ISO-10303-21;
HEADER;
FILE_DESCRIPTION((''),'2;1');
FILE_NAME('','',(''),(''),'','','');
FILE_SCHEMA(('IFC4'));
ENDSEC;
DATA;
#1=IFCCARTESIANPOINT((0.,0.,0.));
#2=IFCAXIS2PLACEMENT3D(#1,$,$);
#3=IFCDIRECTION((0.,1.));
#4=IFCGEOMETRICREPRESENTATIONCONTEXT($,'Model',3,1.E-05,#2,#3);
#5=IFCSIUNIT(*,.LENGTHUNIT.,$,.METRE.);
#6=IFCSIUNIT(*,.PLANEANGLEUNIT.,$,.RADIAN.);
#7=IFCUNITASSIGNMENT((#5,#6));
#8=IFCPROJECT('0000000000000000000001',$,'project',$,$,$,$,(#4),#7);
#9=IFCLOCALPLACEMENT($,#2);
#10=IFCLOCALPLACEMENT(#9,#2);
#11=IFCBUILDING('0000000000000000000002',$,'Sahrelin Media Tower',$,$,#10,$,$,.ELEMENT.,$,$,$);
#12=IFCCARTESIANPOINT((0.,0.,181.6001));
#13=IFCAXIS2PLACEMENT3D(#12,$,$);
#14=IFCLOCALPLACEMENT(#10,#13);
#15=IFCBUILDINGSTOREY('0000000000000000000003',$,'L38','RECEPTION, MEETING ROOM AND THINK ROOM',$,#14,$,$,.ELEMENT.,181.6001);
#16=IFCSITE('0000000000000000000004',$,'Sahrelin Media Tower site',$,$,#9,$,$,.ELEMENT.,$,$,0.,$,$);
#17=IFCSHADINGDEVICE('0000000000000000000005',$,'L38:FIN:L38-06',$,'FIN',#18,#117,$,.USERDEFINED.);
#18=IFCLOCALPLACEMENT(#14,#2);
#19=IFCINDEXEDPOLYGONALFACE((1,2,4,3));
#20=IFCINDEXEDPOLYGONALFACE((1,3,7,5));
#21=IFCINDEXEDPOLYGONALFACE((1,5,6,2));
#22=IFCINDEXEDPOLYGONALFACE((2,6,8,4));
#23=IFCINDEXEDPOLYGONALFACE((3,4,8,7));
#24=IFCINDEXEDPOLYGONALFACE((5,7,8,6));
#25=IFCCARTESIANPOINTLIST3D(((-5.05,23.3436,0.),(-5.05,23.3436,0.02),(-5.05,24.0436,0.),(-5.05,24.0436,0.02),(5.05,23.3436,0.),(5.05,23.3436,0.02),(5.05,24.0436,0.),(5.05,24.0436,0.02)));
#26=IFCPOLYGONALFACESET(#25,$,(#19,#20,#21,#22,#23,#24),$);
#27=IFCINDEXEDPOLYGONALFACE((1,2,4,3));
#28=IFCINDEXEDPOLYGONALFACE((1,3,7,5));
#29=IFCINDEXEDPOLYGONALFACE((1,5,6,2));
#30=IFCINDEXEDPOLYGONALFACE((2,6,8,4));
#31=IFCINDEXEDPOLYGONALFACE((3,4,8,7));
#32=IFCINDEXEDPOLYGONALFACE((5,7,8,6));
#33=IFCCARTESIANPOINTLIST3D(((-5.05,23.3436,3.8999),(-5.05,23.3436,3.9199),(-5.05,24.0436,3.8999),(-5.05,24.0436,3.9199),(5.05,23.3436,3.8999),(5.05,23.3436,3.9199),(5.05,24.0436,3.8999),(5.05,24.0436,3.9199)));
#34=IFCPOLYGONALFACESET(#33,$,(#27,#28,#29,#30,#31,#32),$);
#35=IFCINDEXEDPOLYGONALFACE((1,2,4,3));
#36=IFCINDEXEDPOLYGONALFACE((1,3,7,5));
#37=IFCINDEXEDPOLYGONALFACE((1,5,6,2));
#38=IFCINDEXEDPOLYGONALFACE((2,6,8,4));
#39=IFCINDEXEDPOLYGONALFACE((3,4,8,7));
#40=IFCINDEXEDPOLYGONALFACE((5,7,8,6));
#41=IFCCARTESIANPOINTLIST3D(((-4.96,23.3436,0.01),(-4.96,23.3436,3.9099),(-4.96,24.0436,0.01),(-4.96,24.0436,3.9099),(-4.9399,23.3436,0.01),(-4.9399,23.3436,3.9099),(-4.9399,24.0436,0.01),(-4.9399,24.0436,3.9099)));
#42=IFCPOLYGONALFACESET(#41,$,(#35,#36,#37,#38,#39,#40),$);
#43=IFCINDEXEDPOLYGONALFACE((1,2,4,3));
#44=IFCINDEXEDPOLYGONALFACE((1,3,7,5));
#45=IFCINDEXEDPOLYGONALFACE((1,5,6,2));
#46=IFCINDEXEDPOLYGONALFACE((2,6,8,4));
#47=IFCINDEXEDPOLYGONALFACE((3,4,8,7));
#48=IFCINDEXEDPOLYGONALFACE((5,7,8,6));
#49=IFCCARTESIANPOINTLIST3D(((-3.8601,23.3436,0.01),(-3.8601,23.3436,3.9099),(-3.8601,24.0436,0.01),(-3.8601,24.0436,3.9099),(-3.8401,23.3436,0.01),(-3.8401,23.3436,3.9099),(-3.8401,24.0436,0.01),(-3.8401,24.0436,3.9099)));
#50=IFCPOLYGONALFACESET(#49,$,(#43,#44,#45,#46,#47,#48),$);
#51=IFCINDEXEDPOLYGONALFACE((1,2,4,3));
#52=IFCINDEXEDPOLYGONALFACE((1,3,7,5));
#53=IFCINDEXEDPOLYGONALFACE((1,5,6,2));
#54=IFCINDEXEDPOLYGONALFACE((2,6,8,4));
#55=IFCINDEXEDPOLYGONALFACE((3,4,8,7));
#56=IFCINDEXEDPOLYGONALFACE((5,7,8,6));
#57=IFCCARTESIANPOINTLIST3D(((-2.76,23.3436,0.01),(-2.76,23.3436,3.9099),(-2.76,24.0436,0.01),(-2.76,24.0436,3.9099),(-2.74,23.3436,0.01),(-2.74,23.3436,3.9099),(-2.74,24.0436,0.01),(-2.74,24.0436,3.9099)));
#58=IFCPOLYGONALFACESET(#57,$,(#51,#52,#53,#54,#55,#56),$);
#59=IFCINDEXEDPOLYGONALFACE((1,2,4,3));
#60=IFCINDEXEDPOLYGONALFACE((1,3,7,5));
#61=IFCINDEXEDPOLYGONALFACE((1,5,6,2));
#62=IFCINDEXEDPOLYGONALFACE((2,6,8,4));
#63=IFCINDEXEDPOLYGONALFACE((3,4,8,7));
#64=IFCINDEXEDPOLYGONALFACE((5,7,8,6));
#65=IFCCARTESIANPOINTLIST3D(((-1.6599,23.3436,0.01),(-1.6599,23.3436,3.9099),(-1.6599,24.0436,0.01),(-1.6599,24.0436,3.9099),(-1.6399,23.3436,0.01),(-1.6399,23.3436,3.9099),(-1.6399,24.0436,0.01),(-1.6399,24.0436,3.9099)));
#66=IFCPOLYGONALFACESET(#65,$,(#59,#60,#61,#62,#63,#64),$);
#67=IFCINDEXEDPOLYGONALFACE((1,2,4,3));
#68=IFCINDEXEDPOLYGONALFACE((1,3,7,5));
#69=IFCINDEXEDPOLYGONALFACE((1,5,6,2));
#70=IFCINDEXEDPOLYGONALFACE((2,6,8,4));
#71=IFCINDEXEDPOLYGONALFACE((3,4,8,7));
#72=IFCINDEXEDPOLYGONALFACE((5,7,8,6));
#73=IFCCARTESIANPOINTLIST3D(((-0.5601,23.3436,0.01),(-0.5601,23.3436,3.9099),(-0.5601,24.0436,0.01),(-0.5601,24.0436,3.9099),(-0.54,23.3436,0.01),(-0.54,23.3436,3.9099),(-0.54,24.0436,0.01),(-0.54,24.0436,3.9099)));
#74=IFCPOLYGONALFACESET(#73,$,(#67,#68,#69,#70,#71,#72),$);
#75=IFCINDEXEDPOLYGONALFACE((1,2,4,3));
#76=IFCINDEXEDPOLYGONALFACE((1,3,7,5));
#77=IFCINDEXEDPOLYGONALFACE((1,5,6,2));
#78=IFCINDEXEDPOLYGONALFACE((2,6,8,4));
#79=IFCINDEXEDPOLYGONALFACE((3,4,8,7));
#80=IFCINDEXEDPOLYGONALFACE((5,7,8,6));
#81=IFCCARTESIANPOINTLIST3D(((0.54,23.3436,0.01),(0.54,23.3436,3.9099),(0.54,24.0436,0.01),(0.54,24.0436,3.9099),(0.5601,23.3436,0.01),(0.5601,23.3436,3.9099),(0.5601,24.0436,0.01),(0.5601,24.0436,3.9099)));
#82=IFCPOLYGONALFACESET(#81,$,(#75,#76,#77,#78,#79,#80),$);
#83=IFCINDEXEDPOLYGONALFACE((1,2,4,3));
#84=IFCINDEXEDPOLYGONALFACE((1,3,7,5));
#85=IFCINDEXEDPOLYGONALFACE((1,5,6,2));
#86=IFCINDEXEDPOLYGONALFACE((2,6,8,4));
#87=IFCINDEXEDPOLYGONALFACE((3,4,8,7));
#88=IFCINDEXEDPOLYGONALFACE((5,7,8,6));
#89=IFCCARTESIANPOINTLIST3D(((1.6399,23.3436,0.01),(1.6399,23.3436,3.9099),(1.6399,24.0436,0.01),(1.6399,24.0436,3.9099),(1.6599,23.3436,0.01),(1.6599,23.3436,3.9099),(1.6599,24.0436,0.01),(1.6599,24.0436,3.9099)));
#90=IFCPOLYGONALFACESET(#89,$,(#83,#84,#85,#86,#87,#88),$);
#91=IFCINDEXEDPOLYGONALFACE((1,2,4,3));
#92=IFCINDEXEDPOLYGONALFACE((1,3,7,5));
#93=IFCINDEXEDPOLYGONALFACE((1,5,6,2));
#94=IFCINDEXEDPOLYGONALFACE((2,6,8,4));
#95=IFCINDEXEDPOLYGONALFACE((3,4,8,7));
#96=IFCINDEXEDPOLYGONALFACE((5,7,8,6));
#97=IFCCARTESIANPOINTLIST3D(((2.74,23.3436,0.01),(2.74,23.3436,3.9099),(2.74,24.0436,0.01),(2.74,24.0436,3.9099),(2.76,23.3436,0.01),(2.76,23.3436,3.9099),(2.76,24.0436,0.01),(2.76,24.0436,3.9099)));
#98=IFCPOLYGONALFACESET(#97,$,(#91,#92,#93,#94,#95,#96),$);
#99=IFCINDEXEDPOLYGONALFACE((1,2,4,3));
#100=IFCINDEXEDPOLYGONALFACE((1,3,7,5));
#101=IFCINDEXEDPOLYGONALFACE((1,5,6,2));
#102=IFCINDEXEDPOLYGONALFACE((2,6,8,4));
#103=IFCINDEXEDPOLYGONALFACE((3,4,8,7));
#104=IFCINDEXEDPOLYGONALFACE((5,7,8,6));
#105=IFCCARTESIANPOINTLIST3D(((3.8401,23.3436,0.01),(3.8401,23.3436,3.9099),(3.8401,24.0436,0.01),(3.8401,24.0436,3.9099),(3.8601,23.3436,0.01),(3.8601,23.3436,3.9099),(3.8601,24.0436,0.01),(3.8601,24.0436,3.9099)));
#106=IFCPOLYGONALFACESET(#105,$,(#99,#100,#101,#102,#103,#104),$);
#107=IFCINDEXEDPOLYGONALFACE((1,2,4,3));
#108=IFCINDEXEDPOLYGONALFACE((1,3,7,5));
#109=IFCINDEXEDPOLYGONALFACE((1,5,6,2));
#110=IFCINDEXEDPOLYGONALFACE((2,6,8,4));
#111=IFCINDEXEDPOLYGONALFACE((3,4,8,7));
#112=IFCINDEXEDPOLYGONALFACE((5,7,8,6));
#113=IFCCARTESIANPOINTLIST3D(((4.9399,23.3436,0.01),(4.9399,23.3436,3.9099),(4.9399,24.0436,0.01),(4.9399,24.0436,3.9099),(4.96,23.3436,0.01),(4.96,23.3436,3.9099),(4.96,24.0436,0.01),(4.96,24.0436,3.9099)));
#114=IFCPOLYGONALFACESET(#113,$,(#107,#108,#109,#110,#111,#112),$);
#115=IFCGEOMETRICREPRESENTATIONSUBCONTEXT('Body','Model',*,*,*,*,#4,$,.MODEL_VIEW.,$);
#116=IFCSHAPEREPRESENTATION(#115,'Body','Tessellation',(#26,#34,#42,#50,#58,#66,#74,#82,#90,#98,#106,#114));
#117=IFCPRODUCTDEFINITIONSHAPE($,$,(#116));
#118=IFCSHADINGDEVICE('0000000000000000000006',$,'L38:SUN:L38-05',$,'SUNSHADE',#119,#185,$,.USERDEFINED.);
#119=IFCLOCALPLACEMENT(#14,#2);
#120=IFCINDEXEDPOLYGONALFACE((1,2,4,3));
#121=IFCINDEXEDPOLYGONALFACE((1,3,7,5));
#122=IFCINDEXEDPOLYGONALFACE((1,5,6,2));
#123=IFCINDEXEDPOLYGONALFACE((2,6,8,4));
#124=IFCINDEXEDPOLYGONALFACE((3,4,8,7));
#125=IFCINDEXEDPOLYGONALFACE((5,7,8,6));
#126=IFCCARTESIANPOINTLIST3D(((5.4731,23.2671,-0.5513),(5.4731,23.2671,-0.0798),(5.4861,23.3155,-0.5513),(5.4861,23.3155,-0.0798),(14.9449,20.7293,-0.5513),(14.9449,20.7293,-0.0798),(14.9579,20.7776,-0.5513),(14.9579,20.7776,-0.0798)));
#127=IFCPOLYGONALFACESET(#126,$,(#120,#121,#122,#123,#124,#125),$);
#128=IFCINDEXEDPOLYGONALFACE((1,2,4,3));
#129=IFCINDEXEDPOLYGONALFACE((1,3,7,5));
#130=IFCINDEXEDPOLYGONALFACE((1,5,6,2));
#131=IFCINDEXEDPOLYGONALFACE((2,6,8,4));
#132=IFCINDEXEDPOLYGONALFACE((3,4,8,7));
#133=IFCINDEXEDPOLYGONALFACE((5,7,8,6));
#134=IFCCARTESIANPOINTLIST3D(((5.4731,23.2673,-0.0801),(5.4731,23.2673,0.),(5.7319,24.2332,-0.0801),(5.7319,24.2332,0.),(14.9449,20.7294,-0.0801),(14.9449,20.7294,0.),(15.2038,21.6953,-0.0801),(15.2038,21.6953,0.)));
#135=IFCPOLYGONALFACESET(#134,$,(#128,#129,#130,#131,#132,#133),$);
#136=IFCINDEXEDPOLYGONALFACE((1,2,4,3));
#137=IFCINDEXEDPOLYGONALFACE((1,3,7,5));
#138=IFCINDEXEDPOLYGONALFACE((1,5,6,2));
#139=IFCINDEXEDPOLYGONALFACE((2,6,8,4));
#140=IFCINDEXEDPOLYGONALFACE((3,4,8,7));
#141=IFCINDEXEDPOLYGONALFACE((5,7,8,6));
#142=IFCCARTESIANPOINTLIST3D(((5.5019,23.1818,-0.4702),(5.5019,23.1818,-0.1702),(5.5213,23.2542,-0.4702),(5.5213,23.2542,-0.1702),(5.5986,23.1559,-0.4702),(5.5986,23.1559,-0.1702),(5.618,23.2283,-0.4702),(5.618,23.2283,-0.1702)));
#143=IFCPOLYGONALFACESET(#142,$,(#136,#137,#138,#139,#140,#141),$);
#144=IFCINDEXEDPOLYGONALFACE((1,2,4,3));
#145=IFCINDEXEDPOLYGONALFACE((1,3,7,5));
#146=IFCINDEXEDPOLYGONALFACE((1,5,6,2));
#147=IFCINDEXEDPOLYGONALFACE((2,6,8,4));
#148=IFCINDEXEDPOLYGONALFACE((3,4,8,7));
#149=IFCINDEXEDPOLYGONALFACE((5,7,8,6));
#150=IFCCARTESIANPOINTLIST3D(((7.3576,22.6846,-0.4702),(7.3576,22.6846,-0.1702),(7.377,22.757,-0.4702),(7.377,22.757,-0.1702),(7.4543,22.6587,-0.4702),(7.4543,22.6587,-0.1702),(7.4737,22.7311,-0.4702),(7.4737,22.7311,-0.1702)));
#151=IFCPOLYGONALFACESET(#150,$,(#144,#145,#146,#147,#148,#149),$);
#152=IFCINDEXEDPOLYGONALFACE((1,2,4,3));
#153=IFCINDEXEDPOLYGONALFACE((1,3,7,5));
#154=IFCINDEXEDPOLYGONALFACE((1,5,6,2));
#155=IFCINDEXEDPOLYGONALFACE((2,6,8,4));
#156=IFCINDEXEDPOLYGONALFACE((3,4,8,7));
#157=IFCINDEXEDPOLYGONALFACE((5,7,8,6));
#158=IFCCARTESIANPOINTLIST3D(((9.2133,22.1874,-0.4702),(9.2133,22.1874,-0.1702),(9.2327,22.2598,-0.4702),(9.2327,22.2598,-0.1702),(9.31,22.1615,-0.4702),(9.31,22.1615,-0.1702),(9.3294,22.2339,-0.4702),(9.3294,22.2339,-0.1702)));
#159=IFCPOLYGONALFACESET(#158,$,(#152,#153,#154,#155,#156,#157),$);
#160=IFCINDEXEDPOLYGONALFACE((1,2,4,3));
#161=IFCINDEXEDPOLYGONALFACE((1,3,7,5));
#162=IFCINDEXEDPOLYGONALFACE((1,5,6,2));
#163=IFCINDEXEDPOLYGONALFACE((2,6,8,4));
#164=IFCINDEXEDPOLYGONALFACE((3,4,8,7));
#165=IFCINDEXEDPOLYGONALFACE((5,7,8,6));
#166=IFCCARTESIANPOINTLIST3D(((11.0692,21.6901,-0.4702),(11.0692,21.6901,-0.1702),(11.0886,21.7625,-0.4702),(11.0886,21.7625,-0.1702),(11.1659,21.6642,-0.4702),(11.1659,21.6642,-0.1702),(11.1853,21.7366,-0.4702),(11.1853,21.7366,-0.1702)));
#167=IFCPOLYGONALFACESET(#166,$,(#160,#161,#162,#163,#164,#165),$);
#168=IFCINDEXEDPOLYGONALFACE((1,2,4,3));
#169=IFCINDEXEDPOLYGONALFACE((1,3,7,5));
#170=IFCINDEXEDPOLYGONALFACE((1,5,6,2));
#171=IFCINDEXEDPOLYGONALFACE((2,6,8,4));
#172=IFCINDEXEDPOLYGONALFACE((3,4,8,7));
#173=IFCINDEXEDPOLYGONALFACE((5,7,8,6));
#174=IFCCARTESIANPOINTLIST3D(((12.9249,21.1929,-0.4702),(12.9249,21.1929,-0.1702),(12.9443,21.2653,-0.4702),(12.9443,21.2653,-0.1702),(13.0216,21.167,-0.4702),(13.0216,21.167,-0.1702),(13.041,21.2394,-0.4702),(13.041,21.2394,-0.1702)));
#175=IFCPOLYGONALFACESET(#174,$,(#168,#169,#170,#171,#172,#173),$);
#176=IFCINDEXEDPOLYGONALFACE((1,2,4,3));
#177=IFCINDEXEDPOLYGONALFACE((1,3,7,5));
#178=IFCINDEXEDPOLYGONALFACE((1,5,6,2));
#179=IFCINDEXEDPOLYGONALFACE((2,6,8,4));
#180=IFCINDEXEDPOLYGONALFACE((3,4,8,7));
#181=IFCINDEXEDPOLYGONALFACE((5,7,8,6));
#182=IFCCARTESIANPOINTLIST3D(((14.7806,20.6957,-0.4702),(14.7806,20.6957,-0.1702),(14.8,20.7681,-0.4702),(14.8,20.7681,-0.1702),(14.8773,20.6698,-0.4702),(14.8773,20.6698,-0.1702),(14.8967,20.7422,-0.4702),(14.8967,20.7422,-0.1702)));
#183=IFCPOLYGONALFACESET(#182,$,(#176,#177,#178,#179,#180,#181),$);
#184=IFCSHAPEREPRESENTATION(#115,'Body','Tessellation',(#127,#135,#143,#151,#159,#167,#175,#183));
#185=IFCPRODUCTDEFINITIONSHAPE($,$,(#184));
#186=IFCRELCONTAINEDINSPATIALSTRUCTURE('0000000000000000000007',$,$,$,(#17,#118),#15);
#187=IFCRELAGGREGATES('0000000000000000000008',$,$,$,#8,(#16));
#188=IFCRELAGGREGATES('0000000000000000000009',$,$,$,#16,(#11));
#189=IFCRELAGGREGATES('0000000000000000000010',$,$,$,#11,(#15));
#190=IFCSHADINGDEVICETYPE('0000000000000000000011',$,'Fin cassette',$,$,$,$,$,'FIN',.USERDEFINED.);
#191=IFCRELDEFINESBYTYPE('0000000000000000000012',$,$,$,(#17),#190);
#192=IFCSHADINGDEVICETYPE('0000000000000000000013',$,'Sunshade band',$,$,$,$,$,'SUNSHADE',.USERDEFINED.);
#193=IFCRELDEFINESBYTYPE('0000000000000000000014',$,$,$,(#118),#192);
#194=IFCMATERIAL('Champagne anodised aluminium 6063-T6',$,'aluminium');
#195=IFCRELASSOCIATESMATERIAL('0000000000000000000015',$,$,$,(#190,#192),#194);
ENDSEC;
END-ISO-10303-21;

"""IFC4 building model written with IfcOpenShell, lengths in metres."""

from ifc_helpers import new_model, si_unit, direction, frame, origin, origin_2d, place, context, subcontext, project, spatial, rectangle, extrude, material, type_object, element, save


model = new_model("IFC4")

# Units and contexts
model_context = context("Model", 3, precision=1e-05, world=origin(), true_north=direction((0.0, 1.0)))
body_context = subcontext(model_context, "Body", "Model", "MODEL_VIEW")
ifc_project = project(units=[si_unit("LENGTHUNIT", "METRE"), si_unit("PLANEANGLEUNIT", "RADIAN")], contexts=[model_context])

# Site, building, storey
site_placement = place(None, origin())
site = spatial("IfcSite", under=ifc_project, at=site_placement, Name="Sahrelin Media Tower site", CompositionType="ELEMENT", RefElevation=0.0)
building_placement = place(site_placement, origin())
building = spatial("IfcBuilding", under=site, at=building_placement, Name="Sahrelin Media Tower", CompositionType="ELEMENT")
storey_placement = place(building_placement, frame((0.0, 0.0, 181.6001)))
storey = spatial("IfcBuildingStorey", under=building, at=storey_placement, Name="L38", Description="RECEPTION, MEETING ROOM AND THINK ROOM", CompositionType="ELEMENT", Elevation=181.6001)

# Shared definitions
ifc_material_1 = material(Name="Champagne anodised aluminium 6063-T6", Category="aluminium")
placement_1 = place(storey_placement, frame((0.0, 23.2737, 0.0), z_axis=(0.0, 0.0, 1.0), x_axis=(1.0, 0.0, 0.0)))

# Shading devices
shading_device_type_1 = type_object("IfcShadingDeviceType", Name="Fin cassette", ElementType="FIN", PredefinedType="USERDEFINED", material=ifc_material_1)
placement_2 = place(storey_placement, frame((10.2039, 21.979, 0.0), z_axis=(0.0, 0.0, 1.0), x_axis=(0.965929, -0.258808, 0.0)))
element("IfcShadingDevice", 1, at=placement_1, inside=storey, type_object=shading_device_type_1, Name="L38:FIN:L38-06", ObjectType="FIN", PredefinedType="USERDEFINED", context=body_context, shape_type="SweptSolid", body=[
    extrude(rectangle(XDim=10.1001, YDim=0.7, at=origin_2d()), frame((0.0, 0.4199, 0.0)), (0.0, 0.0, 1.0), 0.02),
    extrude(rectangle(XDim=10.1001, YDim=0.7, at=origin_2d()), frame((0.0, 0.4199, 3.8999)), (0.0, 0.0, 1.0), 0.02),
    extrude(rectangle(XDim=0.02, YDim=0.7, at=origin_2d()), frame((-4.95, 0.4199, 0.01), z_axis=(0.0, 0.0, 1.0), x_axis=(1.0, 0.0, 0.0)), (0.0, 0.0, 1.0), 3.8999),
    extrude(rectangle(XDim=0.02, YDim=0.7, at=origin_2d()), frame((-3.8501, 0.4199, 0.01), z_axis=(0.0, 0.0, 1.0), x_axis=(1.0, 0.0, 0.0)), (0.0, 0.0, 1.0), 3.8999),
    extrude(rectangle(XDim=0.02, YDim=0.7, at=origin_2d()), frame((-2.75, 0.4199, 0.01), z_axis=(0.0, 0.0, 1.0), x_axis=(1.0, 0.0, 0.0)), (0.0, 0.0, 1.0), 3.8999),
    extrude(rectangle(XDim=0.02, YDim=0.7, at=origin_2d()), frame((-1.6499, 0.4199, 0.01), z_axis=(0.0, 0.0, 1.0), x_axis=(1.0, 0.0, 0.0)), (0.0, 0.0, 1.0), 3.8999),
    extrude(rectangle(XDim=0.02, YDim=0.7, at=origin_2d()), frame((-0.55, 0.4199, 0.01), z_axis=(0.0, 0.0, 1.0), x_axis=(1.0, 0.0, 0.0)), (0.0, 0.0, 1.0), 3.8999),
    extrude(rectangle(XDim=0.02, YDim=0.7, at=origin_2d()), frame((0.55, 0.4199, 0.01), z_axis=(0.0, 0.0, 1.0), x_axis=(1.0, 0.0, 0.0)), (0.0, 0.0, 1.0), 3.8999),
    extrude(rectangle(XDim=0.02, YDim=0.7, at=origin_2d()), frame((1.6499, 0.4199, 0.01), z_axis=(0.0, 0.0, 1.0), x_axis=(1.0, 0.0, 0.0)), (0.0, 0.0, 1.0), 3.8999),
    extrude(rectangle(XDim=0.02, YDim=0.7, at=origin_2d()), frame((2.75, 0.4199, 0.01), z_axis=(0.0, 0.0, 1.0), x_axis=(1.0, 0.0, 0.0)), (0.0, 0.0, 1.0), 3.8999),
    extrude(rectangle(XDim=0.02, YDim=0.7, at=origin_2d()), frame((3.8501, 0.4199, 0.01), z_axis=(0.0, 0.0, 1.0), x_axis=(1.0, 0.0, 0.0)), (0.0, 0.0, 1.0), 3.8999),
    extrude(rectangle(XDim=0.02, YDim=0.7, at=origin_2d()), frame((4.95, 0.4199, 0.01), z_axis=(0.0, 0.0, 1.0), x_axis=(1.0, 0.0, 0.0)), (0.0, 0.0, 1.0), 3.8999),
])
shading_device_type_2 = type_object("IfcShadingDeviceType", Name="Sunshade band", ElementType="SUNSHADE", PredefinedType="USERDEFINED", material=ifc_material_1)
element("IfcShadingDevice", 2, at=placement_2, inside=storey, type_object=shading_device_type_2, Name="L38:SUN:L38-05", ObjectType="SUNSHADE", PredefinedType="USERDEFINED", context=body_context, shape_type="SweptSolid", body=[
    extrude(rectangle(XDim=9.8059, YDim=0.05, at=origin_2d()), frame((0.0, 0.0449, -0.5513)), (0.0, 0.0, 1.0), 0.4714),
    extrude(rectangle(XDim=9.8059, YDim=1.0, at=origin_2d()), frame((0.0, 0.52, -0.0801)), (0.0, 0.0, 1.0), 0.0801),
    extrude(rectangle(XDim=0.1001, YDim=0.075, at=origin_2d()), frame((-4.803, -0.0176, -0.4702)), (0.0, 0.0, 1.0), 0.3),
    extrude(rectangle(XDim=0.1001, YDim=0.075, at=origin_2d()), frame((-2.8818, -0.0176, -0.4702)), (0.0, 0.0, 1.0), 0.3),
    extrude(rectangle(XDim=0.1001, YDim=0.075, at=origin_2d()), frame((-0.9607, -0.0176, -0.4702)), (0.0, 0.0, 1.0), 0.3),
    extrude(rectangle(XDim=0.1001, YDim=0.075, at=origin_2d()), frame((0.9607, -0.0176, -0.4702)), (0.0, 0.0, 1.0), 0.3),
    extrude(rectangle(XDim=0.1001, YDim=0.075, at=origin_2d()), frame((2.8818, -0.0176, -0.4702)), (0.0, 0.0, 1.0), 0.3),
    extrude(rectangle(XDim=0.1001, YDim=0.075, at=origin_2d()), frame((4.803, -0.0176, -0.4702)), (0.0, 0.0, 1.0), 0.3),
])

save(model, "model.ifc")
